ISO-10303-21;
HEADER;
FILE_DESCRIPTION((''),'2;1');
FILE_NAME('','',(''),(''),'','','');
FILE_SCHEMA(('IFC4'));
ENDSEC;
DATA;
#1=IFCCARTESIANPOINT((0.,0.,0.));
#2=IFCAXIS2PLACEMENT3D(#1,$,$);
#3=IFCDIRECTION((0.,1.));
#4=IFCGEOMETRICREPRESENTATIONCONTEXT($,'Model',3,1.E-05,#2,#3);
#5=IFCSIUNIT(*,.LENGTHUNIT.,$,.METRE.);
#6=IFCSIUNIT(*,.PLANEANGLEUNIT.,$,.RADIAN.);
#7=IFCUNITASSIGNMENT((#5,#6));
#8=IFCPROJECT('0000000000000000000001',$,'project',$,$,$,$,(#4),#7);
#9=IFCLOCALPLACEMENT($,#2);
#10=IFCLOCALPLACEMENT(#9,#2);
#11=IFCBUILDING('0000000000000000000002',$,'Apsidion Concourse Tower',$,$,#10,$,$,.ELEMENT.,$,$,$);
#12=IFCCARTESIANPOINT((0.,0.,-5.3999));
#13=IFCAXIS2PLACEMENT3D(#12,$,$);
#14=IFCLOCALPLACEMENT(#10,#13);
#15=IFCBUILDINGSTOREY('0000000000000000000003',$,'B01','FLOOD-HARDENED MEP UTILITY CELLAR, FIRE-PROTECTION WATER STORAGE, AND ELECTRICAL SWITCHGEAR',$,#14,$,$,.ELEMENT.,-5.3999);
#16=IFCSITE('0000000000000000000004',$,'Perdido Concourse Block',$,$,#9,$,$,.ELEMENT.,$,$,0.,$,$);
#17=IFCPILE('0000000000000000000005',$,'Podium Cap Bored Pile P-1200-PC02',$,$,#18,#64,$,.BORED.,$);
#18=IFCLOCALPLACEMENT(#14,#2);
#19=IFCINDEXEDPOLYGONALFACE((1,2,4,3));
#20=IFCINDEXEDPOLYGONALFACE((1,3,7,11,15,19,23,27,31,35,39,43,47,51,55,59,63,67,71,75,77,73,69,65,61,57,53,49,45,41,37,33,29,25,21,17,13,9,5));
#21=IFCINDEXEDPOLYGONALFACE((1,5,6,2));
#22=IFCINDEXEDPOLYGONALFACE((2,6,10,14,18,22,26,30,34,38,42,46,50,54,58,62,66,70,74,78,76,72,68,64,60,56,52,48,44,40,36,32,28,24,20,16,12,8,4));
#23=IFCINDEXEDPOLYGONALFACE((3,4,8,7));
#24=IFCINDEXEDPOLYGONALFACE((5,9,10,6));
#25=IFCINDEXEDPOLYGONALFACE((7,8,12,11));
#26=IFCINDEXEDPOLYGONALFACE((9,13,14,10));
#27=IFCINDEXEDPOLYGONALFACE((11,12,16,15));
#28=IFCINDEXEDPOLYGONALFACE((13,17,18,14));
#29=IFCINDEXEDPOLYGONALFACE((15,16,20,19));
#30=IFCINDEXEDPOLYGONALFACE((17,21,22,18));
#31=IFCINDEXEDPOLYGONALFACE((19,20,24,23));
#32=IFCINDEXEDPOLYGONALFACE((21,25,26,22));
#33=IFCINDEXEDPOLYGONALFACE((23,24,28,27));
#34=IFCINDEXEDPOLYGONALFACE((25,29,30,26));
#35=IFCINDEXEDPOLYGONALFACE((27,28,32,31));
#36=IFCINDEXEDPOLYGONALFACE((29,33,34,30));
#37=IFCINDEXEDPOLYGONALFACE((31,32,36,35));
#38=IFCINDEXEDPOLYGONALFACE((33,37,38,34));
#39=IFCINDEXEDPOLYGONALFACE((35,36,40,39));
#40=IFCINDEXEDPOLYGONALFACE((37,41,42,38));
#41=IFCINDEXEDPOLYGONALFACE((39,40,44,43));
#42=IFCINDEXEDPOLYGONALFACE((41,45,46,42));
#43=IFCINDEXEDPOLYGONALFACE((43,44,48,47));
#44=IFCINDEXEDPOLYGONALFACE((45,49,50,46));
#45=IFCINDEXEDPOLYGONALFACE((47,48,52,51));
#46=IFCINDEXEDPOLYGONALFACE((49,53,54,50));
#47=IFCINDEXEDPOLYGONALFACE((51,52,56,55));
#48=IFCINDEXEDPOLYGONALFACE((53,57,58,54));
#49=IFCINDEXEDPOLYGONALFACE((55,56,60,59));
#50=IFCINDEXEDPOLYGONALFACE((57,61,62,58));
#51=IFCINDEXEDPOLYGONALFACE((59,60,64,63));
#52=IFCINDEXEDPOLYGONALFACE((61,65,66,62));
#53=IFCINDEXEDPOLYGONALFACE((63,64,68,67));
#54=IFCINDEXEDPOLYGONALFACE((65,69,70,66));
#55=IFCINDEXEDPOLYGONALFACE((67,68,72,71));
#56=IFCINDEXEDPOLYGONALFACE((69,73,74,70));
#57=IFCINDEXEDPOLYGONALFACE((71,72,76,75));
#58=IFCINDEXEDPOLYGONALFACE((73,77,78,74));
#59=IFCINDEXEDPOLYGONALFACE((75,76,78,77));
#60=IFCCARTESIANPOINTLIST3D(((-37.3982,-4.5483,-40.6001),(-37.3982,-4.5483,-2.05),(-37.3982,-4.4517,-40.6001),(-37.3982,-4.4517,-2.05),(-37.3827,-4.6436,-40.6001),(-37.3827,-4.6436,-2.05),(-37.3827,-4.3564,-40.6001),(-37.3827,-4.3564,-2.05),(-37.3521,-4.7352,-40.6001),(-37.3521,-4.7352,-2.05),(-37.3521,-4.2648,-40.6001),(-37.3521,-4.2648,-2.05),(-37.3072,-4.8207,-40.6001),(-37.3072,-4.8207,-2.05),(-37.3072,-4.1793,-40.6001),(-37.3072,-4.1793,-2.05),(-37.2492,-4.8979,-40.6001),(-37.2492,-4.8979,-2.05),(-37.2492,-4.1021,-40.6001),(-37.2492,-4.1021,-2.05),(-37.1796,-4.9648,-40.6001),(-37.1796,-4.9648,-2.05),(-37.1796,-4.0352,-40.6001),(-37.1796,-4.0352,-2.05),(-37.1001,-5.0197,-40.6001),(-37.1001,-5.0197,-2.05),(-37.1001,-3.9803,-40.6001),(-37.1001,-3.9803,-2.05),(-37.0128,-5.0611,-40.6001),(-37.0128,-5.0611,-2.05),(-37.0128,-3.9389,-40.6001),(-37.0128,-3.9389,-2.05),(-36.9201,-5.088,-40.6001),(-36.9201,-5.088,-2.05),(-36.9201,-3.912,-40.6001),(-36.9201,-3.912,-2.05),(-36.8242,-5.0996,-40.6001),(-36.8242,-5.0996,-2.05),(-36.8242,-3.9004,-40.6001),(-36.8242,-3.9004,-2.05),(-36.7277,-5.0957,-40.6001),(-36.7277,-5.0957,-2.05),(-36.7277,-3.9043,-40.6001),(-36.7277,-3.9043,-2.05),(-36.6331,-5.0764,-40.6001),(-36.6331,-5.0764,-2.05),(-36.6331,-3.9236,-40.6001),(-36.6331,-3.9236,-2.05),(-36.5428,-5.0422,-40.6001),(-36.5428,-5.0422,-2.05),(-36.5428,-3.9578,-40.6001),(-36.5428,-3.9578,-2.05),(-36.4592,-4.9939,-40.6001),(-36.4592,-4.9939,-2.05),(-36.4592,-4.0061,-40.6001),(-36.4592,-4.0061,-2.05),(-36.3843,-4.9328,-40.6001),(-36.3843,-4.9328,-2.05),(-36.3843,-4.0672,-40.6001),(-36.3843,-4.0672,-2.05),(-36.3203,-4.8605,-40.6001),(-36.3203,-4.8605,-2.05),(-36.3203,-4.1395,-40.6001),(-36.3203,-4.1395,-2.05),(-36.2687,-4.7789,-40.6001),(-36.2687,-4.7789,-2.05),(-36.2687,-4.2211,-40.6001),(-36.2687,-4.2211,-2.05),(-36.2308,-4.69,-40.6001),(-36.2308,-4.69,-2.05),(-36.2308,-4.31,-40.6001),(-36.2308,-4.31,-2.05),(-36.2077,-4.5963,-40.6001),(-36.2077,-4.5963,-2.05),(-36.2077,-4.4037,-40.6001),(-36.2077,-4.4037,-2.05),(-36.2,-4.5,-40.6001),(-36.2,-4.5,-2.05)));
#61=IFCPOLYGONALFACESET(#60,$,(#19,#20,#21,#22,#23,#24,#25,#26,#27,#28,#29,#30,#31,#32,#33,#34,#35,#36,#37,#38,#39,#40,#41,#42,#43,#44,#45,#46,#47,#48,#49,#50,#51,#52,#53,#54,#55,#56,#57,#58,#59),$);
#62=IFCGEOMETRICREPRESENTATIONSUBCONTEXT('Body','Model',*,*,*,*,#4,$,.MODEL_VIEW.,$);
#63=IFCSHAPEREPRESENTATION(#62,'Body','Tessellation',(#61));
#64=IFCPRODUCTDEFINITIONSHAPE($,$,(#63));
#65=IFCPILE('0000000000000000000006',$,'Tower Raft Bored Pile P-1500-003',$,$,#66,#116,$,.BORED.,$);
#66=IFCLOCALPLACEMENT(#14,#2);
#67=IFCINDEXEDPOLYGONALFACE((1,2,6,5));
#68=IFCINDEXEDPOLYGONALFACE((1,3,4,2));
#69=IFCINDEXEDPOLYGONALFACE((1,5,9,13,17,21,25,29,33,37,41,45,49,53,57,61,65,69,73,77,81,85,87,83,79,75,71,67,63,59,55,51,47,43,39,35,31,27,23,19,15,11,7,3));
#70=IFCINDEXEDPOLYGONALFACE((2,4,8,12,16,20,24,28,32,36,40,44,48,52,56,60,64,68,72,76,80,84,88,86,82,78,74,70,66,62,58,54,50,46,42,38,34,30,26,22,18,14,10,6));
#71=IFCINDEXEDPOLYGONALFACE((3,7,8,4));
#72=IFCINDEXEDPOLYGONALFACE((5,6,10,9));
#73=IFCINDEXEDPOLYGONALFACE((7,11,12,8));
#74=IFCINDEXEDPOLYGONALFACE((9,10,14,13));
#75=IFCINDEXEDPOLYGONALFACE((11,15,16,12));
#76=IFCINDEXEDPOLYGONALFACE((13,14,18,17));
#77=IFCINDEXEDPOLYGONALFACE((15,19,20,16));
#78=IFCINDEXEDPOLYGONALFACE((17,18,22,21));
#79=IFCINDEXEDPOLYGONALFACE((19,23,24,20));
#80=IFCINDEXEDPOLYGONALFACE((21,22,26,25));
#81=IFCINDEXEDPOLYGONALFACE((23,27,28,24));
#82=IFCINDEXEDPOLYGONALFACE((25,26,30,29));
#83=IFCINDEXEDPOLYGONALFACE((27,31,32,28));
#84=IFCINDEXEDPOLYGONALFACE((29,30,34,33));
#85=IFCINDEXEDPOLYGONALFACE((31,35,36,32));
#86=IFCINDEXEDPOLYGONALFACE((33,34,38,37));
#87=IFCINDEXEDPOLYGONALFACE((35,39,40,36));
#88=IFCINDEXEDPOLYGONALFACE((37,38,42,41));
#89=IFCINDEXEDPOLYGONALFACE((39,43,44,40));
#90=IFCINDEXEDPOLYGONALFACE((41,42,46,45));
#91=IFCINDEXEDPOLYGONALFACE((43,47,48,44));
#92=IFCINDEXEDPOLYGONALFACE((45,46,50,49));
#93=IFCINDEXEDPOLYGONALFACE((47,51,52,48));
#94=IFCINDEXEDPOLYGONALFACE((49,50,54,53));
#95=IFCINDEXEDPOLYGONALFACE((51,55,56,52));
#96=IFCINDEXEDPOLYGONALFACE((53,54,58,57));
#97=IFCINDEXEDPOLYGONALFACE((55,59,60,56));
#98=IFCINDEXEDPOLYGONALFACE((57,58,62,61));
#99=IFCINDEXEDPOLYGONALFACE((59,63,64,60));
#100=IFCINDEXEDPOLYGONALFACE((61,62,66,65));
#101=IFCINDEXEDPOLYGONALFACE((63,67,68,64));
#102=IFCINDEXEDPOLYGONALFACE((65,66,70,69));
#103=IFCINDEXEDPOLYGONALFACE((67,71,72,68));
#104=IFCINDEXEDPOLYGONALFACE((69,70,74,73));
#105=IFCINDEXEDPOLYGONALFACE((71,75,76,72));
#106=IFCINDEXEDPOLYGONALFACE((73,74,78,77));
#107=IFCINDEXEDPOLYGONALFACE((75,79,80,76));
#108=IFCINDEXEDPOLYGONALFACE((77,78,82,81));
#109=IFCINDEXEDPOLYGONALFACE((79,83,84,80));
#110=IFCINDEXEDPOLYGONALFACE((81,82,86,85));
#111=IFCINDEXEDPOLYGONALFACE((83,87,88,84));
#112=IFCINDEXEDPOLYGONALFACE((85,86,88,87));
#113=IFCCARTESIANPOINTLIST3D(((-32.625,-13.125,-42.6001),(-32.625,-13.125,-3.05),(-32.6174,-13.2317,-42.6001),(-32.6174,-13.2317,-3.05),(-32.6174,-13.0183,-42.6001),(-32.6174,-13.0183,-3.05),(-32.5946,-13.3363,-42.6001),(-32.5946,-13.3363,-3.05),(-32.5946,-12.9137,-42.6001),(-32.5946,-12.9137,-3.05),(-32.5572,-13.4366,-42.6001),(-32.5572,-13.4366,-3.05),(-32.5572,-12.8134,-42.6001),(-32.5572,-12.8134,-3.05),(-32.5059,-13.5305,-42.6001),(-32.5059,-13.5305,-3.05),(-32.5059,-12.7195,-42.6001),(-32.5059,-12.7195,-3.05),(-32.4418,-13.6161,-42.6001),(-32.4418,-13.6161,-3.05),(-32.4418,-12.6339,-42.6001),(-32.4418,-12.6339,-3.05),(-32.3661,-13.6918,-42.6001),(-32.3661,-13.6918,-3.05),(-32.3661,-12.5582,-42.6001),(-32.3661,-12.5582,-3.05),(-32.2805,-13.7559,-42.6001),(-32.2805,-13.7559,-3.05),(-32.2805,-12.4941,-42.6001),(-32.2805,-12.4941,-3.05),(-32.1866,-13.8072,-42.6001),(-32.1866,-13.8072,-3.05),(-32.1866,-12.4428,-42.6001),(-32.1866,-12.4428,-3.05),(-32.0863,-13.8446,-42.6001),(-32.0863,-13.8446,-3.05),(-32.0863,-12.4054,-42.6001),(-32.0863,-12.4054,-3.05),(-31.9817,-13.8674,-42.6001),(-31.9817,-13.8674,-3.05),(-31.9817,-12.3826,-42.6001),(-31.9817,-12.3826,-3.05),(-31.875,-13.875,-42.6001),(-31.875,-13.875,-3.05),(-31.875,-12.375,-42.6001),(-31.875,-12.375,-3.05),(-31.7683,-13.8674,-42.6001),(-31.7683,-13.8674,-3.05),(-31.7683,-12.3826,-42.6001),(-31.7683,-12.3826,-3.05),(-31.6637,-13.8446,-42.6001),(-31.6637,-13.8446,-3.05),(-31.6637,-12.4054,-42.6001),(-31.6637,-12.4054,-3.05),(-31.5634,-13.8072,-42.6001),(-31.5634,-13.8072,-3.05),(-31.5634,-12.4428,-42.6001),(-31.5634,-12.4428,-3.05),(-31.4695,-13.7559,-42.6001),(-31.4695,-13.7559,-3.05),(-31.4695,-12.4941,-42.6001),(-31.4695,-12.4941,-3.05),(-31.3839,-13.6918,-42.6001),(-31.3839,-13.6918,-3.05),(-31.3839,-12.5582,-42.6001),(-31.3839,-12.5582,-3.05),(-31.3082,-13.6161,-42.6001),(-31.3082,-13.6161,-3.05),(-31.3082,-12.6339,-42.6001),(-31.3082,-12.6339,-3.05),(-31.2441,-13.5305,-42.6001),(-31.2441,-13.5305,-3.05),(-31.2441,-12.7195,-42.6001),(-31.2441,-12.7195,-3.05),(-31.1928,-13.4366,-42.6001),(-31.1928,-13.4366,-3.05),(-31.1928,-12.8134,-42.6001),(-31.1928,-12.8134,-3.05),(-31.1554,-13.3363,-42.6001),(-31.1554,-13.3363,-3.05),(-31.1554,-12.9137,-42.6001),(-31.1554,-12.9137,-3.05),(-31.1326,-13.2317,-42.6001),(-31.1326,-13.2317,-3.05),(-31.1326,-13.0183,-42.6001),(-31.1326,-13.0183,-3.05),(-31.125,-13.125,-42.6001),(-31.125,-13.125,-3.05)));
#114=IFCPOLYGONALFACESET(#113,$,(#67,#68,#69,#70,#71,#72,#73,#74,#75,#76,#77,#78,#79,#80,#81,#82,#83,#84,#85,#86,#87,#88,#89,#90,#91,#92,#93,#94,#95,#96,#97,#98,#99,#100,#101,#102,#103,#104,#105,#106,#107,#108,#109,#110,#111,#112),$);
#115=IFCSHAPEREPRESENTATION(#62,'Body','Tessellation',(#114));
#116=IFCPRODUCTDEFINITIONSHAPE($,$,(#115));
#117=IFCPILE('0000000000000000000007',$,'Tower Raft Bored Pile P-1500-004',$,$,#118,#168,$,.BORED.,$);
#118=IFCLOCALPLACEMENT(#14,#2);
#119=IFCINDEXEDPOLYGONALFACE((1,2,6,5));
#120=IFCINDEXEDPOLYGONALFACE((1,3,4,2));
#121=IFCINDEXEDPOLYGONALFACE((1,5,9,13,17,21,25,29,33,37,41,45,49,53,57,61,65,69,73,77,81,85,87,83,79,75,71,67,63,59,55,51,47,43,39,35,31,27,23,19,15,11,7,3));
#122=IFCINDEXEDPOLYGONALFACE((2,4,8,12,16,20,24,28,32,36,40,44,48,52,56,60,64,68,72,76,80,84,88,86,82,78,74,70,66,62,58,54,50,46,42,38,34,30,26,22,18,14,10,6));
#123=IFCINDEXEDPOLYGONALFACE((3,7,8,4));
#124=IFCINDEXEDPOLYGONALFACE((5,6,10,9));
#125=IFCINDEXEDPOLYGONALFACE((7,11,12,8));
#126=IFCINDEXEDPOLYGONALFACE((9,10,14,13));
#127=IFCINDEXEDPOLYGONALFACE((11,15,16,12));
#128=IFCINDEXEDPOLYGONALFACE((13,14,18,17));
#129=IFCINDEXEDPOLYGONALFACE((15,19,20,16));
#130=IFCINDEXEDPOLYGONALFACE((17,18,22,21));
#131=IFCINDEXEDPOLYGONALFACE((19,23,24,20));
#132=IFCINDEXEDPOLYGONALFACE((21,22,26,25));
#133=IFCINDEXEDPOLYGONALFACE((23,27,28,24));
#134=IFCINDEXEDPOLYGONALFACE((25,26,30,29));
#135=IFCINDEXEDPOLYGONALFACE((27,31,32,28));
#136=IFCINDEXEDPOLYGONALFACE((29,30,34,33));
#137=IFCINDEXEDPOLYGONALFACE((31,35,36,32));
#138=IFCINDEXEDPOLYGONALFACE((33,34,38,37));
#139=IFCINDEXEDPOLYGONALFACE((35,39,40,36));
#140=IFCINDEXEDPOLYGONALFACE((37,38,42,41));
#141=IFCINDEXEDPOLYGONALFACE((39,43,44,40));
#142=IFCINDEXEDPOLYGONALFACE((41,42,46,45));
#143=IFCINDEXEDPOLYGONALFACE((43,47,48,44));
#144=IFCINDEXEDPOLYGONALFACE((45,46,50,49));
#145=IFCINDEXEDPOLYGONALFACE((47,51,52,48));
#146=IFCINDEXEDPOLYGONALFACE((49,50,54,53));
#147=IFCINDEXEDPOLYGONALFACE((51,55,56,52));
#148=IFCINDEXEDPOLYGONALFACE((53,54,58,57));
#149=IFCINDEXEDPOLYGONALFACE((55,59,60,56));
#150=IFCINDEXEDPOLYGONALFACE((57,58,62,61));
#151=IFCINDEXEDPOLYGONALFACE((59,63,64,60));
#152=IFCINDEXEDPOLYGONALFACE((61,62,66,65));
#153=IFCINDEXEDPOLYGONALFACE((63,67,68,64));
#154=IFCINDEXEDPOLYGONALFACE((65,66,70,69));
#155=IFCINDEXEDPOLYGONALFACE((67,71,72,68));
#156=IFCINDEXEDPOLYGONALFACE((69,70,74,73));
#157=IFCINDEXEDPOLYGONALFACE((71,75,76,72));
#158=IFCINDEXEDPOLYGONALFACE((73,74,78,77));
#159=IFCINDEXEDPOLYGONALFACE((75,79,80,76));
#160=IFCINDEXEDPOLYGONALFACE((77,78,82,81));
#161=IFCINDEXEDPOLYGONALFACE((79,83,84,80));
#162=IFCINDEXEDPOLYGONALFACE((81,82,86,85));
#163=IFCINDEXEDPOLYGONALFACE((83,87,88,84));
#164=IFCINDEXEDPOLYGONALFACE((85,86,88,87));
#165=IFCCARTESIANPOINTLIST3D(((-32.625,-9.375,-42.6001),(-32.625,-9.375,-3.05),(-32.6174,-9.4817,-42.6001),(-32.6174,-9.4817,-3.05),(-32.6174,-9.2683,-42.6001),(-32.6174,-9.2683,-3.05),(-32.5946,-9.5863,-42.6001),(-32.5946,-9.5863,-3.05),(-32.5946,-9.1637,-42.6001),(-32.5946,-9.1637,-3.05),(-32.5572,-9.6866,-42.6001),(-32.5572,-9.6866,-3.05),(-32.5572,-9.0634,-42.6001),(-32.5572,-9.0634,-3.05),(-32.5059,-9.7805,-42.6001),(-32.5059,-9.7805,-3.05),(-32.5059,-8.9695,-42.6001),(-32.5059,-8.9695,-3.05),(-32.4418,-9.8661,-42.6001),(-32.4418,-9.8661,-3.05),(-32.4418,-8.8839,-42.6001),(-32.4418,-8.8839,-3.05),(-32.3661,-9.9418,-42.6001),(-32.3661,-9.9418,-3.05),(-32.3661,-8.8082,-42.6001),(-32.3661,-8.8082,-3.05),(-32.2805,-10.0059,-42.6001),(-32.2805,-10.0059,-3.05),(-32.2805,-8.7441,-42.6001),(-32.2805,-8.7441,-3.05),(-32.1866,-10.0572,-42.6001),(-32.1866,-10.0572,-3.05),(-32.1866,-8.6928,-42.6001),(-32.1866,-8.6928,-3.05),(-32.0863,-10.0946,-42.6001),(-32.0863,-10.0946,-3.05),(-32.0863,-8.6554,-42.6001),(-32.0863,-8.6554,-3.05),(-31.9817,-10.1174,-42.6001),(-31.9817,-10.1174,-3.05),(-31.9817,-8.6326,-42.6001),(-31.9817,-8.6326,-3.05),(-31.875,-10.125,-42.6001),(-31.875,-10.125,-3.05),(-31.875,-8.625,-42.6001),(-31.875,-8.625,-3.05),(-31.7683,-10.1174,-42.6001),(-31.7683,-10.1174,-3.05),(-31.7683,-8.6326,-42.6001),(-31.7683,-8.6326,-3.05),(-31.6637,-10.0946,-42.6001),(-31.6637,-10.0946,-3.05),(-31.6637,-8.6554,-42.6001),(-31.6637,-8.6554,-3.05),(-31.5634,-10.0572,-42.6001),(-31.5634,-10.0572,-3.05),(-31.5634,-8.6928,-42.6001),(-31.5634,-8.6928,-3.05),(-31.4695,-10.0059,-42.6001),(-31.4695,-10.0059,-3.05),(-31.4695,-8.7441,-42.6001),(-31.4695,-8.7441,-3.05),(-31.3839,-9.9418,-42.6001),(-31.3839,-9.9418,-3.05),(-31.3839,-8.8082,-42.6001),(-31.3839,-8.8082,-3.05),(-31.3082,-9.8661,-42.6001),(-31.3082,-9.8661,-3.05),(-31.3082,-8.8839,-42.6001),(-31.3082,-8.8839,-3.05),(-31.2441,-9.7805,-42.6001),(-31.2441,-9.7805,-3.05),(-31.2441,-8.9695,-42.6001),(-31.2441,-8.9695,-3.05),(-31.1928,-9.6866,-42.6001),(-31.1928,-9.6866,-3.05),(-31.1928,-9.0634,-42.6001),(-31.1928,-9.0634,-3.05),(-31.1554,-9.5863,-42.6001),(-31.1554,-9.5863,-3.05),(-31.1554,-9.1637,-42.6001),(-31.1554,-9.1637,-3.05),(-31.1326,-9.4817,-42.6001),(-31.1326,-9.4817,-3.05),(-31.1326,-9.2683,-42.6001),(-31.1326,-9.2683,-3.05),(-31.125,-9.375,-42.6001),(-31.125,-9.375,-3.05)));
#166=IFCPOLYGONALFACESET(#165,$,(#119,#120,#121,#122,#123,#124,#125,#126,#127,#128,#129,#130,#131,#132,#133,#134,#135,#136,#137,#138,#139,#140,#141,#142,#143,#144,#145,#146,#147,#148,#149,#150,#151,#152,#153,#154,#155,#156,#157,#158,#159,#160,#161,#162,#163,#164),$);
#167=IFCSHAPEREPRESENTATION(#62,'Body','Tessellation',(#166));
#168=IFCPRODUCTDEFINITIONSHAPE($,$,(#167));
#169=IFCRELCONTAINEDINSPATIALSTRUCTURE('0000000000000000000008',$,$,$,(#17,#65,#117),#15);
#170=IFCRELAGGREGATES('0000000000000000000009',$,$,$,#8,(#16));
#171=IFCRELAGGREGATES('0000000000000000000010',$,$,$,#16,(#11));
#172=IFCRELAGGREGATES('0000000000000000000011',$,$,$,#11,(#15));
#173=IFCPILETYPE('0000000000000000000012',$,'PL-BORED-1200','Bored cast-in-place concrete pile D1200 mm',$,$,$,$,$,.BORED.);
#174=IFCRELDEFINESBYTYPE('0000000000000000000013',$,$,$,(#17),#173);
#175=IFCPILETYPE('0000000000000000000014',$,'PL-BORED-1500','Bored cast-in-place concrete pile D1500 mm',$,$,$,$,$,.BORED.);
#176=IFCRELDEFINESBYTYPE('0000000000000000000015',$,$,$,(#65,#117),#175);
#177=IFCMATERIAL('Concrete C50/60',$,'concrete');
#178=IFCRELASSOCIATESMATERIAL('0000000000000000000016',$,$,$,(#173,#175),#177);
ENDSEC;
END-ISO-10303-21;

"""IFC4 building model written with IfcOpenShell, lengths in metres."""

from ifc_helpers import new_model, si_unit, direction, frame, origin, origin_2d, place, context, subcontext, project, spatial, circle, extrude, material, material_profile, profile_set, type_object, element, save


model = new_model("IFC4")

# Units and contexts
model_context = context("Model", 3, precision=1e-05, world=origin(), true_north=direction((0.0, 1.0)))
body_context = subcontext(model_context, "Body", "Model", "MODEL_VIEW")
ifc_project = project(units=[si_unit("LENGTHUNIT", "METRE"), si_unit("PLANEANGLEUNIT", "RADIAN")], contexts=[model_context])

# Site, building, storey
site_placement = place(None, origin())
site = spatial("IfcSite", under=ifc_project, at=site_placement, Name="Perdido Concourse Block", CompositionType="ELEMENT", RefElevation=0.0)
building_placement = place(site_placement, origin())
building = spatial("IfcBuilding", under=site, at=building_placement, Name="Apsidion Concourse Tower", CompositionType="ELEMENT")
storey_placement = place(building_placement, frame((0.0, 0.0, -5.3999)))
storey = spatial("IfcBuildingStorey", under=building, at=storey_placement, Name="B01", Description="FLOOD-HARDENED MEP UTILITY CELLAR, FIRE-PROTECTION WATER STORAGE, AND ELECTRICAL SWITCHGEAR", CompositionType="ELEMENT", Elevation=-5.3999)

# Shared definitions
ifc_material_1 = material(Name="Concrete C50/60", Category="concrete")

# Piles
ifc_material_profile_1 = material_profile(ifc_material_1, circle(Radius=0.6001, at=origin_2d()), Name="BORED PILE D1200")
ifc_profile_set_1 = profile_set([ifc_material_profile_1], Name="Concrete C50/60")
pile_type_1 = type_object("IfcPileType", Name="PL-BORED-1200", Description="Bored cast-in-place concrete pile D1200 mm", PredefinedType="BORED", material=ifc_profile_set_1)
for number, where, z_axis, x_axis, name in (
    (1, (-36.8, -4.5, -2.05), (0.0, 0.0, -1.0), (1.0, 0.0, 0.0), "Podium Cap Bored Pile P-1200-PC02"),
):
    element("IfcPile", number, at=place(storey_placement, frame(where, z_axis=z_axis, x_axis=x_axis)), inside=storey, type_object=pile_type_1, Name=name, PredefinedType="BORED", context=body_context, shape_type="SweptSolid", body=[
        extrude(circle(Radius=0.6001, at=origin_2d()), origin(), (0.0, 0.0, 1.0), 38.55),
    ])
ifc_material_profile_2 = material_profile(ifc_material_1, circle(Radius=0.75, at=origin_2d()), Name="BORED PILE D1500")
ifc_profile_set_2 = profile_set([ifc_material_profile_2], Name="Concrete C50/60")
pile_type_2 = type_object("IfcPileType", Name="PL-BORED-1500", Description="Bored cast-in-place concrete pile D1500 mm", PredefinedType="BORED", material=ifc_profile_set_2)
for number, where, z_axis, x_axis, name in (
    (2, (-31.875, -13.125, -3.05), (0.0, 0.0, -1.0), (1.0, 0.0, 0.0), "Tower Raft Bored Pile P-1500-003"),
    (3, (-31.875, -9.375, -3.05), (0.0, 0.0, -1.0), (1.0, 0.0, 0.0), "Tower Raft Bored Pile P-1500-004"),
):
    element("IfcPile", number, at=place(storey_placement, frame(where, z_axis=z_axis, x_axis=x_axis)), inside=storey, type_object=pile_type_2, Name=name, PredefinedType="BORED", context=body_context, shape_type="SweptSolid", body=[
        extrude(circle(Radius=0.75, at=origin_2d()), origin(), (0.0, 0.0, 1.0), 39.55),
    ])

save(model, "model.ifc")
